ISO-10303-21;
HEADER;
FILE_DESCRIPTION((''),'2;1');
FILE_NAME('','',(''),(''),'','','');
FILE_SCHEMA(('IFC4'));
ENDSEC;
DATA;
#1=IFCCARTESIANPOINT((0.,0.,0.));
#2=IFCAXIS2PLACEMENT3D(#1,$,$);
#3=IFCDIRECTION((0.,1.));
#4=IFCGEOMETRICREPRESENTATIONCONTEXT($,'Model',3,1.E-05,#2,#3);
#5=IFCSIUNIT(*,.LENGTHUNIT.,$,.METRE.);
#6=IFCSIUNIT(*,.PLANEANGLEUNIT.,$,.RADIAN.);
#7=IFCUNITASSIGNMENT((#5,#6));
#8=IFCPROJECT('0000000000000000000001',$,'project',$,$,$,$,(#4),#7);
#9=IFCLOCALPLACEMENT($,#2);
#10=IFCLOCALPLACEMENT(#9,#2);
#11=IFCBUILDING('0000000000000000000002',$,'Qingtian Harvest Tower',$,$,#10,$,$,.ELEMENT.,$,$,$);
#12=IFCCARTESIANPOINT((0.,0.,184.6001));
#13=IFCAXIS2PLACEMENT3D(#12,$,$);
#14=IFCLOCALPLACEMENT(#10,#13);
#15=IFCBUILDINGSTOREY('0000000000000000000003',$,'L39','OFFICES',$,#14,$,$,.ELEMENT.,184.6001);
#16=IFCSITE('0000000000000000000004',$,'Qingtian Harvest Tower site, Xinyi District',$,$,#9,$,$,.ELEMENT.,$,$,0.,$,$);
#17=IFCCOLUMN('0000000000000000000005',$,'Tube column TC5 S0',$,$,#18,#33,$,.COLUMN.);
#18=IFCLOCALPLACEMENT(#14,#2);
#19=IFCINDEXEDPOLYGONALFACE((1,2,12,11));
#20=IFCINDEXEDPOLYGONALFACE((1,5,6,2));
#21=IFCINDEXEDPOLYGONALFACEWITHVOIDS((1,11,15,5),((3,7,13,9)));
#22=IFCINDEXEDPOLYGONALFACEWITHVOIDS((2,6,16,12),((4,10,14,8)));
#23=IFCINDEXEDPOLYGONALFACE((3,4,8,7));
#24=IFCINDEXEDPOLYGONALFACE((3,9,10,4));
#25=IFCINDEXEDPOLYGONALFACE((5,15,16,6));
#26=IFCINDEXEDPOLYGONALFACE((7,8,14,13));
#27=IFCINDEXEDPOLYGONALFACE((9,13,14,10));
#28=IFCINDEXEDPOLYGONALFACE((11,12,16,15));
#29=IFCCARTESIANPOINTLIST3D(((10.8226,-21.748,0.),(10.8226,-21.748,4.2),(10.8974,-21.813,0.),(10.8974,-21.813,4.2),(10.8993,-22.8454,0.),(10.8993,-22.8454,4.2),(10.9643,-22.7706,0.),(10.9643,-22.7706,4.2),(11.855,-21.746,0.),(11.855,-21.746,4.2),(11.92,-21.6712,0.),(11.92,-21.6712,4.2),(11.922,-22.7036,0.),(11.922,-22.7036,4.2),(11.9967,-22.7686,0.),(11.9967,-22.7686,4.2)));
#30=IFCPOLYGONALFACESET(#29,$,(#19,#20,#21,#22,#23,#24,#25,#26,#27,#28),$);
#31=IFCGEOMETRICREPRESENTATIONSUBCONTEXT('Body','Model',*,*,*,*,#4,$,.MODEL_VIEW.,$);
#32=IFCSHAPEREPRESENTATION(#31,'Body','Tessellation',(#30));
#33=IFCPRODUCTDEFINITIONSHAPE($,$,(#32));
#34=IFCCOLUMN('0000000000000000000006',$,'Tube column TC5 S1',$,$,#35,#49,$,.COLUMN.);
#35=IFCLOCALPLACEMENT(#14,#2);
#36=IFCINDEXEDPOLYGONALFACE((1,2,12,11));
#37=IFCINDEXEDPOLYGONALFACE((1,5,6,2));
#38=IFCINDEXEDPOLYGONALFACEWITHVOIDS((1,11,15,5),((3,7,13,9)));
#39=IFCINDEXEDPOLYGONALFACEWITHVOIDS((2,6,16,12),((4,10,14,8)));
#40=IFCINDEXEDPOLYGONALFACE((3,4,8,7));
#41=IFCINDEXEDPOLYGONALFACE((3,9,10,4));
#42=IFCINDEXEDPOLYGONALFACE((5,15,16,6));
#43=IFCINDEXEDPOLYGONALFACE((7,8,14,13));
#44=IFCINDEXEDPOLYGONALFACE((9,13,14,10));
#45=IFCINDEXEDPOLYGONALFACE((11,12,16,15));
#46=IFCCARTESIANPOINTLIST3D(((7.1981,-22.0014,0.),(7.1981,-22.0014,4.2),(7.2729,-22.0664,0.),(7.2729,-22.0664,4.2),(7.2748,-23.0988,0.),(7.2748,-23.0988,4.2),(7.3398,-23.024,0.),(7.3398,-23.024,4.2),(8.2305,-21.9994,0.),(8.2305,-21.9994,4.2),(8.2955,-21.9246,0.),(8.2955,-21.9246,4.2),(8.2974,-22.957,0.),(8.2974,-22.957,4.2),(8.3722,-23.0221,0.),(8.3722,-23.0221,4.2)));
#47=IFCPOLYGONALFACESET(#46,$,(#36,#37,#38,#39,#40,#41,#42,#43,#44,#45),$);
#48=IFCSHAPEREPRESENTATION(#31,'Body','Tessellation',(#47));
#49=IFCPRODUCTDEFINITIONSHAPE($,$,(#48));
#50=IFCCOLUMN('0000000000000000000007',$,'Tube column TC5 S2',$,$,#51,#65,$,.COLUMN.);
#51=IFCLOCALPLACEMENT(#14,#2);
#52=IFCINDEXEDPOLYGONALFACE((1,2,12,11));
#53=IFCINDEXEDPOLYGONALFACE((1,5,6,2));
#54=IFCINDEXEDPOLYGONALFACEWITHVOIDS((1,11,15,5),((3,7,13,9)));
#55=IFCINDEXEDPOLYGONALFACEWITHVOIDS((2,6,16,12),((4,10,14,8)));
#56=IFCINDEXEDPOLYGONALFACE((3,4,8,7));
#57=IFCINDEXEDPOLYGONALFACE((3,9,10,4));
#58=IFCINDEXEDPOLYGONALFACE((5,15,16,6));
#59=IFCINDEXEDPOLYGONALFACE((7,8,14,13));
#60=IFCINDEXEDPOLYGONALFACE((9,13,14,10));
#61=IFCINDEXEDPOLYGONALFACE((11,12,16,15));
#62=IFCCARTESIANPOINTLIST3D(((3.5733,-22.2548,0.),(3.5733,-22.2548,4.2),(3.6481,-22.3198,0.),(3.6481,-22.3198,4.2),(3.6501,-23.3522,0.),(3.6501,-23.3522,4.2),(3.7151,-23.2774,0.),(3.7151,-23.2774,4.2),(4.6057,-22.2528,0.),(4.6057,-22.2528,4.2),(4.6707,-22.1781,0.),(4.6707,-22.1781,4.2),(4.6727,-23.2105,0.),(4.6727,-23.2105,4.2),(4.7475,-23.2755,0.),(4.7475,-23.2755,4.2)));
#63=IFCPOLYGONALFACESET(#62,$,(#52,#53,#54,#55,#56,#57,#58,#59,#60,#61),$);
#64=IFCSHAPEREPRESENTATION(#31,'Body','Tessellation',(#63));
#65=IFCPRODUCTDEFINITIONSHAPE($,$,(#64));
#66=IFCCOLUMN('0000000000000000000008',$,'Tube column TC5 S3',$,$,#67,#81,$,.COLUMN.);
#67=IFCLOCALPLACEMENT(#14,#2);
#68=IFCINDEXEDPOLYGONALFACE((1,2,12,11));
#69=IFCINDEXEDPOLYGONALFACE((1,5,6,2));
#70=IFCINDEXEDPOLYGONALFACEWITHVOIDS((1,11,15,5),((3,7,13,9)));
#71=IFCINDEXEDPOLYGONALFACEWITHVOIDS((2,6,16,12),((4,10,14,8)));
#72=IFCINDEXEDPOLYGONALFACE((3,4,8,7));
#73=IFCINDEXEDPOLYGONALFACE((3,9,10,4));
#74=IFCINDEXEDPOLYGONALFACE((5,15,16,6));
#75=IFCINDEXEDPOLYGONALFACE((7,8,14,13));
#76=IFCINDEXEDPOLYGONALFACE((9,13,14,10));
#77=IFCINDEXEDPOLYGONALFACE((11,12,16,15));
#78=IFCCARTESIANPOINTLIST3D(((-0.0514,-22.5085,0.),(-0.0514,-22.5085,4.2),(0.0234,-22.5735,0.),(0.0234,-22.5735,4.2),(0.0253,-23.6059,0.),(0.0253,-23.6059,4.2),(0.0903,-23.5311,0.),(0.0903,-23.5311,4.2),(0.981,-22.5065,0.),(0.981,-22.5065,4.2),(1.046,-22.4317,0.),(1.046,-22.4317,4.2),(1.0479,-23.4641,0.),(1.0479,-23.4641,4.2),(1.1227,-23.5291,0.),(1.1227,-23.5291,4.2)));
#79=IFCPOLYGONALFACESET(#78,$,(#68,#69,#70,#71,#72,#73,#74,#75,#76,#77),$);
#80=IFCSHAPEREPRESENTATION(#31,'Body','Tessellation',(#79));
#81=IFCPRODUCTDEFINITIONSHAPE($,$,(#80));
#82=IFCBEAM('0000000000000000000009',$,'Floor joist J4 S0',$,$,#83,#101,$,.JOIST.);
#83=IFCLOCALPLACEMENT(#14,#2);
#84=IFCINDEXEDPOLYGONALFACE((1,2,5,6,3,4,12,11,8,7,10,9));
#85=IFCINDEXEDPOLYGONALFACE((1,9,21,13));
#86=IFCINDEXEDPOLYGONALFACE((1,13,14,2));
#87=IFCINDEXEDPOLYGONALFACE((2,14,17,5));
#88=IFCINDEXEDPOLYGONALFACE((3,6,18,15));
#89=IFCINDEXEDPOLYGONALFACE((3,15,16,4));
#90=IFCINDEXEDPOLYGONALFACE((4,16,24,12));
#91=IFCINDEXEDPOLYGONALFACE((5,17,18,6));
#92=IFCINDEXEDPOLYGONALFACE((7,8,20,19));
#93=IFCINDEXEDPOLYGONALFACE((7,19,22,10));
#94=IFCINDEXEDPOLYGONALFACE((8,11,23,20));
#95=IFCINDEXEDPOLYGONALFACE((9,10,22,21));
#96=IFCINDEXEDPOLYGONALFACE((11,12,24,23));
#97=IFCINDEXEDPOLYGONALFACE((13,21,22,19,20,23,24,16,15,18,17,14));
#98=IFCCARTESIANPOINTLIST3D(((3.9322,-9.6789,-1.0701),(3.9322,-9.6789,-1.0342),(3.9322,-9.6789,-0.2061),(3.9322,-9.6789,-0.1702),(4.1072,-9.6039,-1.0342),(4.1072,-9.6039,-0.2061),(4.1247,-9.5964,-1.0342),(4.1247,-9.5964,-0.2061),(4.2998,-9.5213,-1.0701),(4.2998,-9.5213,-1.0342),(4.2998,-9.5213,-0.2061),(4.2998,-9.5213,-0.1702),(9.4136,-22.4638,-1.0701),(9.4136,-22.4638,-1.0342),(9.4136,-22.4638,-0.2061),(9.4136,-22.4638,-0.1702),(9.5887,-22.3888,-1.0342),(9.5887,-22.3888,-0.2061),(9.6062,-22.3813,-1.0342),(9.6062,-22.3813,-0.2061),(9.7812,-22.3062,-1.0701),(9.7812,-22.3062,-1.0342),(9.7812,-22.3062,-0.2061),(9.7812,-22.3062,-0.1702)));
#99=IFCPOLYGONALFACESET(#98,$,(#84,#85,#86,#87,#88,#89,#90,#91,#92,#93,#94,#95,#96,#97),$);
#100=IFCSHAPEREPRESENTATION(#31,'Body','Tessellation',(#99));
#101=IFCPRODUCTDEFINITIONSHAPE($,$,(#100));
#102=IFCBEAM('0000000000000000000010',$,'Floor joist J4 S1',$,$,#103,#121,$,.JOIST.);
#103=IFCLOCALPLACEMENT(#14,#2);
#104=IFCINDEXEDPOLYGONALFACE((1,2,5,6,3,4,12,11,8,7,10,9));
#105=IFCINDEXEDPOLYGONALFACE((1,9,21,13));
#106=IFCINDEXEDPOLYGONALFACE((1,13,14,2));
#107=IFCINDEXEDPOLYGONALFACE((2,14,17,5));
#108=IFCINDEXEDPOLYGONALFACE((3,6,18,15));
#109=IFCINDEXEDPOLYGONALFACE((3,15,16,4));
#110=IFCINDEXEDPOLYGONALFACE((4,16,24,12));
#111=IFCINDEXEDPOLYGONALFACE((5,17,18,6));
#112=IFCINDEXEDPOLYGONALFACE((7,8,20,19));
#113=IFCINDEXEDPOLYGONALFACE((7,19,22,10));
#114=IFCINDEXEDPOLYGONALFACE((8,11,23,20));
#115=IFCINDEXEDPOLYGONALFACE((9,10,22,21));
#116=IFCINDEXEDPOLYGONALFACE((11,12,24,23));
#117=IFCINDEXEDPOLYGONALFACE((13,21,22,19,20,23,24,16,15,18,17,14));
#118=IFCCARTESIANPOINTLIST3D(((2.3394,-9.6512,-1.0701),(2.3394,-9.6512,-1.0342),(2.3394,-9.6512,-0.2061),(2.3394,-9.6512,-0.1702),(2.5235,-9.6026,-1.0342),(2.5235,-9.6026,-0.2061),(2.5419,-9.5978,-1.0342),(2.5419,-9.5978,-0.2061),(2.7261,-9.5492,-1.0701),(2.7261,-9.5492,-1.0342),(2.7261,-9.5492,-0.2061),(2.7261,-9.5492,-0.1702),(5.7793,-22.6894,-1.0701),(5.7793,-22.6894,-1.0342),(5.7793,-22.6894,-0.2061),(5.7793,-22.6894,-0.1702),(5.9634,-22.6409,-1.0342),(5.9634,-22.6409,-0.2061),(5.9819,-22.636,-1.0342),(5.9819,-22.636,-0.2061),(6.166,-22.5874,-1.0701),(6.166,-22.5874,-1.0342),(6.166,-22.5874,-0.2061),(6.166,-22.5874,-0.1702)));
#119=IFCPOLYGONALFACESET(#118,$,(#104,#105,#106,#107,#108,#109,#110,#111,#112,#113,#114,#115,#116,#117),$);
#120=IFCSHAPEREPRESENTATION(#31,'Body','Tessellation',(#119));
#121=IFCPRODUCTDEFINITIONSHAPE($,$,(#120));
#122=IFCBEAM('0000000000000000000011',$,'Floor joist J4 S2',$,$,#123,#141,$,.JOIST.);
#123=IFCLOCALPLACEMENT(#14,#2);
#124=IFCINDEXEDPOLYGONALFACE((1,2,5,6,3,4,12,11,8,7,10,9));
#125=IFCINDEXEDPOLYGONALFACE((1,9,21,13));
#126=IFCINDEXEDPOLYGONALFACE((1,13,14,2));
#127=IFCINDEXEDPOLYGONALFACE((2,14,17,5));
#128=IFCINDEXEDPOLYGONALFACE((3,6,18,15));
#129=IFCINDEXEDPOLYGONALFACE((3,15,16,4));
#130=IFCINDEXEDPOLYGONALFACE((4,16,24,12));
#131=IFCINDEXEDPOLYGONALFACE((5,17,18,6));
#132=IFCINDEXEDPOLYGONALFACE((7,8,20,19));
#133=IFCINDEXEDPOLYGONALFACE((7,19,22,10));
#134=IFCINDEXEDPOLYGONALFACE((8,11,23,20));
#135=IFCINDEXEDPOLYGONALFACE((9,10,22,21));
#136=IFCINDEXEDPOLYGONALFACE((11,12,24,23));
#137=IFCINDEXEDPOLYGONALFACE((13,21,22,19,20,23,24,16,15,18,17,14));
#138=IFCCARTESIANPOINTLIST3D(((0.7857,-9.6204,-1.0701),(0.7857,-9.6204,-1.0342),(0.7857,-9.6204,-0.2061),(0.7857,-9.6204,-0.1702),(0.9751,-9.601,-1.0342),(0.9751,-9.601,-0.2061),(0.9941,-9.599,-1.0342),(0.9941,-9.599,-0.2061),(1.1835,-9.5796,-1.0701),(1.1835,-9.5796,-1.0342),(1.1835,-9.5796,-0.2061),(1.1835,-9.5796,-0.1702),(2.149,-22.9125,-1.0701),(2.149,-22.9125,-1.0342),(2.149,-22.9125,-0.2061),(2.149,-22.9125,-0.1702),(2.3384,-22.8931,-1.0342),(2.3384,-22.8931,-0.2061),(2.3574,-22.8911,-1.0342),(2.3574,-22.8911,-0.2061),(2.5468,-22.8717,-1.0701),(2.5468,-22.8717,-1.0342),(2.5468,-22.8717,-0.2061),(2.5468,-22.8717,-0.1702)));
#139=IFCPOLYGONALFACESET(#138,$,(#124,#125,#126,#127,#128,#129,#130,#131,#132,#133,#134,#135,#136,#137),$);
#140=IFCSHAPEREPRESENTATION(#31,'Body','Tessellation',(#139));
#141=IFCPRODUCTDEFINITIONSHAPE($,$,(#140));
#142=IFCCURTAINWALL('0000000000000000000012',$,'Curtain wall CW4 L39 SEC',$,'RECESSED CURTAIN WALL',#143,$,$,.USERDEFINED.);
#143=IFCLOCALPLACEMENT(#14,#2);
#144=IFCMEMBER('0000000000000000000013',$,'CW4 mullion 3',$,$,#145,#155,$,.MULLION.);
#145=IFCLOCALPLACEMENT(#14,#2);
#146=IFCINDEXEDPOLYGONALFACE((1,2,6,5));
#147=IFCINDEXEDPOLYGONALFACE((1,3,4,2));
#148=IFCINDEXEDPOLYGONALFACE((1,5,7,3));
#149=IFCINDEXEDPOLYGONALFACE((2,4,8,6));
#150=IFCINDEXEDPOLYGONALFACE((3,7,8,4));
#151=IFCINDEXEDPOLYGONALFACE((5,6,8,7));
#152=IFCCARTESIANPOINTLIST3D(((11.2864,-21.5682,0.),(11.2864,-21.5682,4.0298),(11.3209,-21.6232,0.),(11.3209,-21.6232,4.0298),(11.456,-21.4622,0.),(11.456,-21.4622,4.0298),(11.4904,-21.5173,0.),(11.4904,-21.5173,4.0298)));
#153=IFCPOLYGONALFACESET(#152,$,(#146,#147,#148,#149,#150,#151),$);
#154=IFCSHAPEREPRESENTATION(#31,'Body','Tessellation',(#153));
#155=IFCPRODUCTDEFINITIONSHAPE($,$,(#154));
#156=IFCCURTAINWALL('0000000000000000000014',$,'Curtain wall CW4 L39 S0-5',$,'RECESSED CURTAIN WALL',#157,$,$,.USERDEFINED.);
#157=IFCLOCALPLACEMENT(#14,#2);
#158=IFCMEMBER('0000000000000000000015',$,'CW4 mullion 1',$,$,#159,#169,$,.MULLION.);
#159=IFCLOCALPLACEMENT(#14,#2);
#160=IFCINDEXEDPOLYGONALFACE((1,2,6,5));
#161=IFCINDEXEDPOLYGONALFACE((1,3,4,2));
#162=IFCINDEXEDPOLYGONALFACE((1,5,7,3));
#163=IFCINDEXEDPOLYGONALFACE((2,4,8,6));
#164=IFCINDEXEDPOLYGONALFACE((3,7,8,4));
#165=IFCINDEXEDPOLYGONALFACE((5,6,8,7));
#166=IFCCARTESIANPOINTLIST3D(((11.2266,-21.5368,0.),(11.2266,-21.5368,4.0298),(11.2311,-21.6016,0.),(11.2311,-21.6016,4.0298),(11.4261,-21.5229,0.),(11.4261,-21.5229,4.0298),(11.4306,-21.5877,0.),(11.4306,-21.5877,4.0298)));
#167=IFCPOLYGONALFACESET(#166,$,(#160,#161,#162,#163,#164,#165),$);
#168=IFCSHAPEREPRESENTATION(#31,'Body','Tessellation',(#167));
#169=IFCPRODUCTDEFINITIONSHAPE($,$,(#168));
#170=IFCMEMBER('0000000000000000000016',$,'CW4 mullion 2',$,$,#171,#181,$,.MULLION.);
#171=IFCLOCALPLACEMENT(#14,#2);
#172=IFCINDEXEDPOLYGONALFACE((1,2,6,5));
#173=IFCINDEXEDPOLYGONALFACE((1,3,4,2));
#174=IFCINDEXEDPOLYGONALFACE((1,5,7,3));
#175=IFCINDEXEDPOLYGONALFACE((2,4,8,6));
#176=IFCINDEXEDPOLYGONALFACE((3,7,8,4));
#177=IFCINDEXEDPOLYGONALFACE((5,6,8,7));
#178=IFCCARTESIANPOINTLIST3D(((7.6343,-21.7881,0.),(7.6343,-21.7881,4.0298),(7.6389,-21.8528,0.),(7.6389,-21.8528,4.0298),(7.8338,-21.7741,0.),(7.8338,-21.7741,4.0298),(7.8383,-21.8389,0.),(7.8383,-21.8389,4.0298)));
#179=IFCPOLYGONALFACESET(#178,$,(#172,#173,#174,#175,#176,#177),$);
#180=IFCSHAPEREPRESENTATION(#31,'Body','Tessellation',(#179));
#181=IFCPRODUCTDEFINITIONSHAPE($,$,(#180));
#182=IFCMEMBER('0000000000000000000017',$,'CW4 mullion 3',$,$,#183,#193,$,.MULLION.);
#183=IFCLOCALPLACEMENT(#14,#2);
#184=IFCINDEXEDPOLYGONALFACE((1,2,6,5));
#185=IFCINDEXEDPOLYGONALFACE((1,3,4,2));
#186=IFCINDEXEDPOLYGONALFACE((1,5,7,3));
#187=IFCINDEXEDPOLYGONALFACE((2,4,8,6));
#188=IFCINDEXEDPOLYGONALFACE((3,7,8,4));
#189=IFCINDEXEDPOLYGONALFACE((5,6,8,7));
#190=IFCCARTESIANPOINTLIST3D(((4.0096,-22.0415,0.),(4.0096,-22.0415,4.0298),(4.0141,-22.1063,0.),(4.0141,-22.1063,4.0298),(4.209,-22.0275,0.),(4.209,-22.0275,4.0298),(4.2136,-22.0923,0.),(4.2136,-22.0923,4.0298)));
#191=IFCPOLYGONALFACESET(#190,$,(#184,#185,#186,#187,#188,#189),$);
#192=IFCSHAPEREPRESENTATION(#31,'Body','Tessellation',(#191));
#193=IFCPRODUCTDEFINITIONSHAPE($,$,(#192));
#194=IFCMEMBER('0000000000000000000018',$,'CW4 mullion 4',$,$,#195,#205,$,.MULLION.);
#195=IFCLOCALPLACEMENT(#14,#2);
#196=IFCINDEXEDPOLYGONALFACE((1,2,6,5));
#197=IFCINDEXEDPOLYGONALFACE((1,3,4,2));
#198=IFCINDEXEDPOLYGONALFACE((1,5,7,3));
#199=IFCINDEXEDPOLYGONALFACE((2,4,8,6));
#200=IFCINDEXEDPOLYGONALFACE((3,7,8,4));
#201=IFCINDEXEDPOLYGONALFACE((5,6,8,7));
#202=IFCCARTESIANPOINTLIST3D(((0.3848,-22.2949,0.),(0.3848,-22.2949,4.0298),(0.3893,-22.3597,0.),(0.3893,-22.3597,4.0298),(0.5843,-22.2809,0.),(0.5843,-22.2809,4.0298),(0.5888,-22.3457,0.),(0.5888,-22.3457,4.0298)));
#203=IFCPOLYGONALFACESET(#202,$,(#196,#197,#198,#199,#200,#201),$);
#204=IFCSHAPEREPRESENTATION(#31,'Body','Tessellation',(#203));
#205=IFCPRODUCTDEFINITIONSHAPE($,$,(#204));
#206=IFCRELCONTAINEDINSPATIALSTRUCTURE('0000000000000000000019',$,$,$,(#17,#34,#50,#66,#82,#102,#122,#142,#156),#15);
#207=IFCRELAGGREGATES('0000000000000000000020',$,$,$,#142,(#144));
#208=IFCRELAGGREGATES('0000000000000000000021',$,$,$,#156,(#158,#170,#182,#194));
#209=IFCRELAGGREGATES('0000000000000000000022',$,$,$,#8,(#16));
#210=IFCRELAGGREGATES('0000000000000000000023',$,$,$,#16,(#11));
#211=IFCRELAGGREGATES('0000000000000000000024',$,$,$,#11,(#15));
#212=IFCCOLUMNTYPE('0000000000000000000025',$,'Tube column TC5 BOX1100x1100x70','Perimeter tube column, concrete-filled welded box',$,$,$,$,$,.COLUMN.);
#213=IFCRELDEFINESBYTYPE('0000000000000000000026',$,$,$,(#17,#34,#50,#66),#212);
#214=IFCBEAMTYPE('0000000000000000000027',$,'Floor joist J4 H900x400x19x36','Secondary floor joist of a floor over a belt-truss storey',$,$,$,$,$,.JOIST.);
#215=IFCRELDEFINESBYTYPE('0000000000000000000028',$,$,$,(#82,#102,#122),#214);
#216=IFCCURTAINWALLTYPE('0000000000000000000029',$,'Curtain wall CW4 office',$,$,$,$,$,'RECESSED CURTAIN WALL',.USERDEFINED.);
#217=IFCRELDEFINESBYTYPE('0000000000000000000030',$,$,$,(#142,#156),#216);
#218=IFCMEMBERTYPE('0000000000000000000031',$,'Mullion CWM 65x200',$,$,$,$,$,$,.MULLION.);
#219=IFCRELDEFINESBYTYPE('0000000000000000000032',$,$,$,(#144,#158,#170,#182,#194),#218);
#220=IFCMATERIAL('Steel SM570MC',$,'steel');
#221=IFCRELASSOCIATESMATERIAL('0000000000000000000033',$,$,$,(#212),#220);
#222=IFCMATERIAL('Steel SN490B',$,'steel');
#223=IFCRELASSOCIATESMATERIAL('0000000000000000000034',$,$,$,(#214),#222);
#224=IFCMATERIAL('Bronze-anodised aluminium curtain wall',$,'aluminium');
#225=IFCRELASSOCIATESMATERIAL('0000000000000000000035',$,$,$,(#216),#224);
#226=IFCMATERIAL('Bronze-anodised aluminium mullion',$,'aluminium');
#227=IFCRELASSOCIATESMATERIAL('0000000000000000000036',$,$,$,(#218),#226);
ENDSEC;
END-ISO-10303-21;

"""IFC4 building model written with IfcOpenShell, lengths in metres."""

from ifc_helpers import new_model, si_unit, direction, frame, origin, origin_2d, place, context, subcontext, project, spatial, rectangle, hollow_rectangle, i_section, extrude, material, material_profile, profile_set, type_object, element, aggregate, save


model = new_model("IFC4")

# Units and contexts
model_context = context("Model", 3, precision=1e-05, world=origin(), true_north=direction((0.0, 1.0)))
body_context = subcontext(model_context, "Body", "Model", "MODEL_VIEW")
ifc_project = project(units=[si_unit("LENGTHUNIT", "METRE"), si_unit("PLANEANGLEUNIT", "RADIAN")], contexts=[model_context])

# Site, building, storey
site_placement = place(None, origin())
site = spatial("IfcSite", under=ifc_project, at=site_placement, Name="Qingtian Harvest Tower site, Xinyi District", CompositionType="ELEMENT", RefElevation=0.0)
building_placement = place(site_placement, origin())
building = spatial("IfcBuilding", under=site, at=building_placement, Name="Qingtian Harvest Tower", CompositionType="ELEMENT")
storey_placement = place(building_placement, frame((0.0, 0.0, 184.6001)))
storey = spatial("IfcBuildingStorey", under=building, at=storey_placement, Name="L39", Description="OFFICES", CompositionType="ELEMENT", Elevation=184.6001)

# Columns
ifc_material_1 = material(Name="Steel SM570MC", Category="steel")
ifc_material_profile_1 = material_profile(ifc_material_1, hollow_rectangle(XDim=1.1001, YDim=1.1001, WallThickness=0.0701, at=origin_2d()), Name="BOX1100x1100x70")
ifc_profile_set_1 = profile_set([ifc_material_profile_1], Name="Steel SM570MC")
column_type = type_object("IfcColumnType", Name="Tube column TC5 BOX1100x1100x70", Description="Perimeter tube column, concrete-filled welded box", PredefinedType="COLUMN", material=ifc_profile_set_1)
for number, where, z_axis, x_axis, name in (
    (1, (11.4097, -22.2583, 0.0), (0.0, 0.0, 1.0), (0.997564, 0.069756, 0.0), "Tube column TC5 S0"),
    (2, (7.7852, -22.5117, 0.0), (0.0, 0.0, 1.0), (0.997564, 0.069756, 0.0), "Tube column TC5 S1"),
    (3, (4.1604, -22.7651, 0.0), (0.0, 0.0, 1.0), (0.997564, 0.069756, 0.0), "Tube column TC5 S2"),
    (4, (0.5356, -23.0188, 0.0), (0.0, 0.0, 1.0), (0.997564, 0.069756, 0.0), "Tube column TC5 S3"),
):
    element("IfcColumn", number, at=place(storey_placement, frame(where, z_axis=z_axis, x_axis=x_axis)), inside=storey, type_object=column_type, Name=name, PredefinedType="COLUMN", context=body_context, shape_type="SweptSolid", body=[
        extrude(hollow_rectangle(XDim=1.1001, YDim=1.1001, WallThickness=0.0701, at=origin_2d()), origin(), (0.0, 0.0, 1.0), 4.2),
    ])

# Beams
ifc_material_2 = material(Name="Steel SN490B", Category="steel")
ifc_material_profile_2 = material_profile(ifc_material_2, i_section(OverallWidth=0.3999, OverallDepth=0.8999, WebThickness=0.019, FlangeThickness=0.0359, at=origin_2d()), Name="H900x400x19x36")
ifc_profile_set_2 = profile_set([ifc_material_profile_2], Name="Steel SN490B")
beam_type_1 = type_object("IfcBeamType", Name="Floor joist J4 H900x400x19x36", Description="Secondary floor joist of a floor over a belt-truss storey", PredefinedType="JOIST", material=ifc_profile_set_2)
beam_1_placement = place(storey_placement, frame((9.5974, -22.385, -0.6201), z_axis=(-0.394053, 0.919088, 0.0), x_axis=(-0.919088, -0.394053, 0.0)))
element("IfcBeam", 5, at=beam_1_placement, inside=storey, type_object=beam_type_1, Name="Floor joist J4 S0", PredefinedType="JOIST", context=body_context, shape_type="SweptSolid", body=[
    extrude(i_section(OverallWidth=0.3999, OverallDepth=0.8999, WebThickness=0.019, FlangeThickness=0.0359, at=origin_2d()), origin(), (0.0, 0.0, 1.0), 13.9104),
])
beam_2_placement = place(storey_placement, frame((5.9727, -22.6384, -0.6201), z_axis=(-0.255104, 0.966914, 0.0), x_axis=(-0.966914, -0.255104, 0.0)))
element("IfcBeam", 6, at=beam_2_placement, inside=storey, type_object=beam_type_1, Name="Floor joist J4 S1", PredefinedType="JOIST", context=body_context, shape_type="SweptSolid", body=[
    extrude(i_section(OverallWidth=0.3999, OverallDepth=0.8999, WebThickness=0.019, FlangeThickness=0.0359, at=origin_2d()), origin(), (0.0, 0.0, 1.0), 13.4844),
])
beam_3_placement = place(storey_placement, frame((2.3479, -22.8921, -0.6201), z_axis=(-0.102029, 0.994781, 0.0), x_axis=(-0.994781, -0.102029, 0.0)))
element("IfcBeam", 7, at=beam_3_placement, inside=storey, type_object=beam_type_1, Name="Floor joist J4 S2", PredefinedType="JOIST", context=body_context, shape_type="SweptSolid", body=[
    extrude(i_section(OverallWidth=0.3999, OverallDepth=0.8999, WebThickness=0.019, FlangeThickness=0.0359, at=origin_2d()), origin(), (0.0, 0.0, 1.0), 13.3618),
])

# Curtain wall, member
ifc_material_3 = material(Name="Bronze-anodised aluminium curtain wall", Category="aluminium")
curtain_wall_type = type_object("IfcCurtainWallType", Name="Curtain wall CW4 office", ElementType="RECESSED CURTAIN WALL", PredefinedType="USERDEFINED", material=ifc_material_3)
curtain_wall_1_placement = place(storey_placement, origin())
curtain_wall_1 = element("IfcCurtainWall", 8, at=curtain_wall_1_placement, inside=storey, type_object=curtain_wall_type, Name="Curtain wall CW4 L39 SEC", ObjectType="RECESSED CURTAIN WALL", PredefinedType="USERDEFINED")
ifc_material_4 = material(Name="Bronze-anodised aluminium mullion", Category="aluminium")
ifc_material_profile_3 = material_profile(ifc_material_4, rectangle(XDim=0.0649, YDim=0.2, at=origin_2d()), Name="AL 65x200")
ifc_profile_set_3 = profile_set([ifc_material_profile_3], Name="Bronze-anodised aluminium mullion")
member_type_1 = type_object("IfcMemberType", Name="Mullion CWM 65x200", PredefinedType="MULLION", material=ifc_profile_set_3)
member_1_placement = place(storey_placement, frame((11.3884, -21.5427, 0.0), z_axis=(0.0, 0.0, 1.0), x_axis=(0.529919, -0.848048, 0.0)))
member_1 = element("IfcMember", 9, at=member_1_placement, type_object=member_type_1, Name="CW4 mullion 3", PredefinedType="MULLION", context=body_context, shape_type="SweptSolid", body=[
    extrude(rectangle(XDim=0.0649, YDim=0.2, at=origin_2d()), origin(), (0.0, 0.0, 1.0), 4.0298),
])
aggregate(curtain_wall_1, [member_1])

# Curtain wall, members
curtain_wall_2_placement = place(storey_placement, origin())
curtain_wall_2 = element("IfcCurtainWall", 10, at=curtain_wall_2_placement, inside=storey, type_object=curtain_wall_type, Name="Curtain wall CW4 L39 S0-5", ObjectType="RECESSED CURTAIN WALL", PredefinedType="USERDEFINED")
member_2_placement = place(storey_placement, frame((11.3286, -21.5623, 0.0), z_axis=(0.0, 0.0, 1.0), x_axis=(0.069756, -0.997564, 0.0)))
member_2 = element("IfcMember", 11, at=member_2_placement, type_object=member_type_1, Name="CW4 mullion 1", PredefinedType="MULLION", context=body_context, shape_type="SweptSolid", body=[
    extrude(rectangle(XDim=0.0649, YDim=0.2, at=origin_2d()), origin(), (0.0, 0.0, 1.0), 4.0298),
])
member_3_placement = place(storey_placement, frame((7.7363, -21.8135, 0.0), z_axis=(0.0, 0.0, 1.0), x_axis=(0.069756, -0.997564, 0.0)))
member_3 = element("IfcMember", 12, at=member_3_placement, type_object=member_type_1, Name="CW4 mullion 2", PredefinedType="MULLION", context=body_context, shape_type="SweptSolid", body=[
    extrude(rectangle(XDim=0.0649, YDim=0.2, at=origin_2d()), origin(), (0.0, 0.0, 1.0), 4.0298),
])
member_4_placement = place(storey_placement, frame((4.1116, -22.0669, 0.0), z_axis=(0.0, 0.0, 1.0), x_axis=(0.069756, -0.997564, 0.0)))
member_4 = element("IfcMember", 13, at=member_4_placement, type_object=member_type_1, Name="CW4 mullion 3", PredefinedType="MULLION", context=body_context, shape_type="SweptSolid", body=[
    extrude(rectangle(XDim=0.0649, YDim=0.2, at=origin_2d()), origin(), (0.0, 0.0, 1.0), 4.0298),
])
member_5_placement = place(storey_placement, frame((0.4868, -22.3203, 0.0), z_axis=(0.0, 0.0, 1.0), x_axis=(0.069756, -0.997564, 0.0)))
member_5 = element("IfcMember", 14, at=member_5_placement, type_object=member_type_1, Name="CW4 mullion 4", PredefinedType="MULLION", context=body_context, shape_type="SweptSolid", body=[
    extrude(rectangle(XDim=0.0649, YDim=0.2, at=origin_2d()), origin(), (0.0, 0.0, 1.0), 4.0298),
])

aggregate(curtain_wall_2, [member_2, member_3, member_4, member_5])

save(model, "model.ifc")
